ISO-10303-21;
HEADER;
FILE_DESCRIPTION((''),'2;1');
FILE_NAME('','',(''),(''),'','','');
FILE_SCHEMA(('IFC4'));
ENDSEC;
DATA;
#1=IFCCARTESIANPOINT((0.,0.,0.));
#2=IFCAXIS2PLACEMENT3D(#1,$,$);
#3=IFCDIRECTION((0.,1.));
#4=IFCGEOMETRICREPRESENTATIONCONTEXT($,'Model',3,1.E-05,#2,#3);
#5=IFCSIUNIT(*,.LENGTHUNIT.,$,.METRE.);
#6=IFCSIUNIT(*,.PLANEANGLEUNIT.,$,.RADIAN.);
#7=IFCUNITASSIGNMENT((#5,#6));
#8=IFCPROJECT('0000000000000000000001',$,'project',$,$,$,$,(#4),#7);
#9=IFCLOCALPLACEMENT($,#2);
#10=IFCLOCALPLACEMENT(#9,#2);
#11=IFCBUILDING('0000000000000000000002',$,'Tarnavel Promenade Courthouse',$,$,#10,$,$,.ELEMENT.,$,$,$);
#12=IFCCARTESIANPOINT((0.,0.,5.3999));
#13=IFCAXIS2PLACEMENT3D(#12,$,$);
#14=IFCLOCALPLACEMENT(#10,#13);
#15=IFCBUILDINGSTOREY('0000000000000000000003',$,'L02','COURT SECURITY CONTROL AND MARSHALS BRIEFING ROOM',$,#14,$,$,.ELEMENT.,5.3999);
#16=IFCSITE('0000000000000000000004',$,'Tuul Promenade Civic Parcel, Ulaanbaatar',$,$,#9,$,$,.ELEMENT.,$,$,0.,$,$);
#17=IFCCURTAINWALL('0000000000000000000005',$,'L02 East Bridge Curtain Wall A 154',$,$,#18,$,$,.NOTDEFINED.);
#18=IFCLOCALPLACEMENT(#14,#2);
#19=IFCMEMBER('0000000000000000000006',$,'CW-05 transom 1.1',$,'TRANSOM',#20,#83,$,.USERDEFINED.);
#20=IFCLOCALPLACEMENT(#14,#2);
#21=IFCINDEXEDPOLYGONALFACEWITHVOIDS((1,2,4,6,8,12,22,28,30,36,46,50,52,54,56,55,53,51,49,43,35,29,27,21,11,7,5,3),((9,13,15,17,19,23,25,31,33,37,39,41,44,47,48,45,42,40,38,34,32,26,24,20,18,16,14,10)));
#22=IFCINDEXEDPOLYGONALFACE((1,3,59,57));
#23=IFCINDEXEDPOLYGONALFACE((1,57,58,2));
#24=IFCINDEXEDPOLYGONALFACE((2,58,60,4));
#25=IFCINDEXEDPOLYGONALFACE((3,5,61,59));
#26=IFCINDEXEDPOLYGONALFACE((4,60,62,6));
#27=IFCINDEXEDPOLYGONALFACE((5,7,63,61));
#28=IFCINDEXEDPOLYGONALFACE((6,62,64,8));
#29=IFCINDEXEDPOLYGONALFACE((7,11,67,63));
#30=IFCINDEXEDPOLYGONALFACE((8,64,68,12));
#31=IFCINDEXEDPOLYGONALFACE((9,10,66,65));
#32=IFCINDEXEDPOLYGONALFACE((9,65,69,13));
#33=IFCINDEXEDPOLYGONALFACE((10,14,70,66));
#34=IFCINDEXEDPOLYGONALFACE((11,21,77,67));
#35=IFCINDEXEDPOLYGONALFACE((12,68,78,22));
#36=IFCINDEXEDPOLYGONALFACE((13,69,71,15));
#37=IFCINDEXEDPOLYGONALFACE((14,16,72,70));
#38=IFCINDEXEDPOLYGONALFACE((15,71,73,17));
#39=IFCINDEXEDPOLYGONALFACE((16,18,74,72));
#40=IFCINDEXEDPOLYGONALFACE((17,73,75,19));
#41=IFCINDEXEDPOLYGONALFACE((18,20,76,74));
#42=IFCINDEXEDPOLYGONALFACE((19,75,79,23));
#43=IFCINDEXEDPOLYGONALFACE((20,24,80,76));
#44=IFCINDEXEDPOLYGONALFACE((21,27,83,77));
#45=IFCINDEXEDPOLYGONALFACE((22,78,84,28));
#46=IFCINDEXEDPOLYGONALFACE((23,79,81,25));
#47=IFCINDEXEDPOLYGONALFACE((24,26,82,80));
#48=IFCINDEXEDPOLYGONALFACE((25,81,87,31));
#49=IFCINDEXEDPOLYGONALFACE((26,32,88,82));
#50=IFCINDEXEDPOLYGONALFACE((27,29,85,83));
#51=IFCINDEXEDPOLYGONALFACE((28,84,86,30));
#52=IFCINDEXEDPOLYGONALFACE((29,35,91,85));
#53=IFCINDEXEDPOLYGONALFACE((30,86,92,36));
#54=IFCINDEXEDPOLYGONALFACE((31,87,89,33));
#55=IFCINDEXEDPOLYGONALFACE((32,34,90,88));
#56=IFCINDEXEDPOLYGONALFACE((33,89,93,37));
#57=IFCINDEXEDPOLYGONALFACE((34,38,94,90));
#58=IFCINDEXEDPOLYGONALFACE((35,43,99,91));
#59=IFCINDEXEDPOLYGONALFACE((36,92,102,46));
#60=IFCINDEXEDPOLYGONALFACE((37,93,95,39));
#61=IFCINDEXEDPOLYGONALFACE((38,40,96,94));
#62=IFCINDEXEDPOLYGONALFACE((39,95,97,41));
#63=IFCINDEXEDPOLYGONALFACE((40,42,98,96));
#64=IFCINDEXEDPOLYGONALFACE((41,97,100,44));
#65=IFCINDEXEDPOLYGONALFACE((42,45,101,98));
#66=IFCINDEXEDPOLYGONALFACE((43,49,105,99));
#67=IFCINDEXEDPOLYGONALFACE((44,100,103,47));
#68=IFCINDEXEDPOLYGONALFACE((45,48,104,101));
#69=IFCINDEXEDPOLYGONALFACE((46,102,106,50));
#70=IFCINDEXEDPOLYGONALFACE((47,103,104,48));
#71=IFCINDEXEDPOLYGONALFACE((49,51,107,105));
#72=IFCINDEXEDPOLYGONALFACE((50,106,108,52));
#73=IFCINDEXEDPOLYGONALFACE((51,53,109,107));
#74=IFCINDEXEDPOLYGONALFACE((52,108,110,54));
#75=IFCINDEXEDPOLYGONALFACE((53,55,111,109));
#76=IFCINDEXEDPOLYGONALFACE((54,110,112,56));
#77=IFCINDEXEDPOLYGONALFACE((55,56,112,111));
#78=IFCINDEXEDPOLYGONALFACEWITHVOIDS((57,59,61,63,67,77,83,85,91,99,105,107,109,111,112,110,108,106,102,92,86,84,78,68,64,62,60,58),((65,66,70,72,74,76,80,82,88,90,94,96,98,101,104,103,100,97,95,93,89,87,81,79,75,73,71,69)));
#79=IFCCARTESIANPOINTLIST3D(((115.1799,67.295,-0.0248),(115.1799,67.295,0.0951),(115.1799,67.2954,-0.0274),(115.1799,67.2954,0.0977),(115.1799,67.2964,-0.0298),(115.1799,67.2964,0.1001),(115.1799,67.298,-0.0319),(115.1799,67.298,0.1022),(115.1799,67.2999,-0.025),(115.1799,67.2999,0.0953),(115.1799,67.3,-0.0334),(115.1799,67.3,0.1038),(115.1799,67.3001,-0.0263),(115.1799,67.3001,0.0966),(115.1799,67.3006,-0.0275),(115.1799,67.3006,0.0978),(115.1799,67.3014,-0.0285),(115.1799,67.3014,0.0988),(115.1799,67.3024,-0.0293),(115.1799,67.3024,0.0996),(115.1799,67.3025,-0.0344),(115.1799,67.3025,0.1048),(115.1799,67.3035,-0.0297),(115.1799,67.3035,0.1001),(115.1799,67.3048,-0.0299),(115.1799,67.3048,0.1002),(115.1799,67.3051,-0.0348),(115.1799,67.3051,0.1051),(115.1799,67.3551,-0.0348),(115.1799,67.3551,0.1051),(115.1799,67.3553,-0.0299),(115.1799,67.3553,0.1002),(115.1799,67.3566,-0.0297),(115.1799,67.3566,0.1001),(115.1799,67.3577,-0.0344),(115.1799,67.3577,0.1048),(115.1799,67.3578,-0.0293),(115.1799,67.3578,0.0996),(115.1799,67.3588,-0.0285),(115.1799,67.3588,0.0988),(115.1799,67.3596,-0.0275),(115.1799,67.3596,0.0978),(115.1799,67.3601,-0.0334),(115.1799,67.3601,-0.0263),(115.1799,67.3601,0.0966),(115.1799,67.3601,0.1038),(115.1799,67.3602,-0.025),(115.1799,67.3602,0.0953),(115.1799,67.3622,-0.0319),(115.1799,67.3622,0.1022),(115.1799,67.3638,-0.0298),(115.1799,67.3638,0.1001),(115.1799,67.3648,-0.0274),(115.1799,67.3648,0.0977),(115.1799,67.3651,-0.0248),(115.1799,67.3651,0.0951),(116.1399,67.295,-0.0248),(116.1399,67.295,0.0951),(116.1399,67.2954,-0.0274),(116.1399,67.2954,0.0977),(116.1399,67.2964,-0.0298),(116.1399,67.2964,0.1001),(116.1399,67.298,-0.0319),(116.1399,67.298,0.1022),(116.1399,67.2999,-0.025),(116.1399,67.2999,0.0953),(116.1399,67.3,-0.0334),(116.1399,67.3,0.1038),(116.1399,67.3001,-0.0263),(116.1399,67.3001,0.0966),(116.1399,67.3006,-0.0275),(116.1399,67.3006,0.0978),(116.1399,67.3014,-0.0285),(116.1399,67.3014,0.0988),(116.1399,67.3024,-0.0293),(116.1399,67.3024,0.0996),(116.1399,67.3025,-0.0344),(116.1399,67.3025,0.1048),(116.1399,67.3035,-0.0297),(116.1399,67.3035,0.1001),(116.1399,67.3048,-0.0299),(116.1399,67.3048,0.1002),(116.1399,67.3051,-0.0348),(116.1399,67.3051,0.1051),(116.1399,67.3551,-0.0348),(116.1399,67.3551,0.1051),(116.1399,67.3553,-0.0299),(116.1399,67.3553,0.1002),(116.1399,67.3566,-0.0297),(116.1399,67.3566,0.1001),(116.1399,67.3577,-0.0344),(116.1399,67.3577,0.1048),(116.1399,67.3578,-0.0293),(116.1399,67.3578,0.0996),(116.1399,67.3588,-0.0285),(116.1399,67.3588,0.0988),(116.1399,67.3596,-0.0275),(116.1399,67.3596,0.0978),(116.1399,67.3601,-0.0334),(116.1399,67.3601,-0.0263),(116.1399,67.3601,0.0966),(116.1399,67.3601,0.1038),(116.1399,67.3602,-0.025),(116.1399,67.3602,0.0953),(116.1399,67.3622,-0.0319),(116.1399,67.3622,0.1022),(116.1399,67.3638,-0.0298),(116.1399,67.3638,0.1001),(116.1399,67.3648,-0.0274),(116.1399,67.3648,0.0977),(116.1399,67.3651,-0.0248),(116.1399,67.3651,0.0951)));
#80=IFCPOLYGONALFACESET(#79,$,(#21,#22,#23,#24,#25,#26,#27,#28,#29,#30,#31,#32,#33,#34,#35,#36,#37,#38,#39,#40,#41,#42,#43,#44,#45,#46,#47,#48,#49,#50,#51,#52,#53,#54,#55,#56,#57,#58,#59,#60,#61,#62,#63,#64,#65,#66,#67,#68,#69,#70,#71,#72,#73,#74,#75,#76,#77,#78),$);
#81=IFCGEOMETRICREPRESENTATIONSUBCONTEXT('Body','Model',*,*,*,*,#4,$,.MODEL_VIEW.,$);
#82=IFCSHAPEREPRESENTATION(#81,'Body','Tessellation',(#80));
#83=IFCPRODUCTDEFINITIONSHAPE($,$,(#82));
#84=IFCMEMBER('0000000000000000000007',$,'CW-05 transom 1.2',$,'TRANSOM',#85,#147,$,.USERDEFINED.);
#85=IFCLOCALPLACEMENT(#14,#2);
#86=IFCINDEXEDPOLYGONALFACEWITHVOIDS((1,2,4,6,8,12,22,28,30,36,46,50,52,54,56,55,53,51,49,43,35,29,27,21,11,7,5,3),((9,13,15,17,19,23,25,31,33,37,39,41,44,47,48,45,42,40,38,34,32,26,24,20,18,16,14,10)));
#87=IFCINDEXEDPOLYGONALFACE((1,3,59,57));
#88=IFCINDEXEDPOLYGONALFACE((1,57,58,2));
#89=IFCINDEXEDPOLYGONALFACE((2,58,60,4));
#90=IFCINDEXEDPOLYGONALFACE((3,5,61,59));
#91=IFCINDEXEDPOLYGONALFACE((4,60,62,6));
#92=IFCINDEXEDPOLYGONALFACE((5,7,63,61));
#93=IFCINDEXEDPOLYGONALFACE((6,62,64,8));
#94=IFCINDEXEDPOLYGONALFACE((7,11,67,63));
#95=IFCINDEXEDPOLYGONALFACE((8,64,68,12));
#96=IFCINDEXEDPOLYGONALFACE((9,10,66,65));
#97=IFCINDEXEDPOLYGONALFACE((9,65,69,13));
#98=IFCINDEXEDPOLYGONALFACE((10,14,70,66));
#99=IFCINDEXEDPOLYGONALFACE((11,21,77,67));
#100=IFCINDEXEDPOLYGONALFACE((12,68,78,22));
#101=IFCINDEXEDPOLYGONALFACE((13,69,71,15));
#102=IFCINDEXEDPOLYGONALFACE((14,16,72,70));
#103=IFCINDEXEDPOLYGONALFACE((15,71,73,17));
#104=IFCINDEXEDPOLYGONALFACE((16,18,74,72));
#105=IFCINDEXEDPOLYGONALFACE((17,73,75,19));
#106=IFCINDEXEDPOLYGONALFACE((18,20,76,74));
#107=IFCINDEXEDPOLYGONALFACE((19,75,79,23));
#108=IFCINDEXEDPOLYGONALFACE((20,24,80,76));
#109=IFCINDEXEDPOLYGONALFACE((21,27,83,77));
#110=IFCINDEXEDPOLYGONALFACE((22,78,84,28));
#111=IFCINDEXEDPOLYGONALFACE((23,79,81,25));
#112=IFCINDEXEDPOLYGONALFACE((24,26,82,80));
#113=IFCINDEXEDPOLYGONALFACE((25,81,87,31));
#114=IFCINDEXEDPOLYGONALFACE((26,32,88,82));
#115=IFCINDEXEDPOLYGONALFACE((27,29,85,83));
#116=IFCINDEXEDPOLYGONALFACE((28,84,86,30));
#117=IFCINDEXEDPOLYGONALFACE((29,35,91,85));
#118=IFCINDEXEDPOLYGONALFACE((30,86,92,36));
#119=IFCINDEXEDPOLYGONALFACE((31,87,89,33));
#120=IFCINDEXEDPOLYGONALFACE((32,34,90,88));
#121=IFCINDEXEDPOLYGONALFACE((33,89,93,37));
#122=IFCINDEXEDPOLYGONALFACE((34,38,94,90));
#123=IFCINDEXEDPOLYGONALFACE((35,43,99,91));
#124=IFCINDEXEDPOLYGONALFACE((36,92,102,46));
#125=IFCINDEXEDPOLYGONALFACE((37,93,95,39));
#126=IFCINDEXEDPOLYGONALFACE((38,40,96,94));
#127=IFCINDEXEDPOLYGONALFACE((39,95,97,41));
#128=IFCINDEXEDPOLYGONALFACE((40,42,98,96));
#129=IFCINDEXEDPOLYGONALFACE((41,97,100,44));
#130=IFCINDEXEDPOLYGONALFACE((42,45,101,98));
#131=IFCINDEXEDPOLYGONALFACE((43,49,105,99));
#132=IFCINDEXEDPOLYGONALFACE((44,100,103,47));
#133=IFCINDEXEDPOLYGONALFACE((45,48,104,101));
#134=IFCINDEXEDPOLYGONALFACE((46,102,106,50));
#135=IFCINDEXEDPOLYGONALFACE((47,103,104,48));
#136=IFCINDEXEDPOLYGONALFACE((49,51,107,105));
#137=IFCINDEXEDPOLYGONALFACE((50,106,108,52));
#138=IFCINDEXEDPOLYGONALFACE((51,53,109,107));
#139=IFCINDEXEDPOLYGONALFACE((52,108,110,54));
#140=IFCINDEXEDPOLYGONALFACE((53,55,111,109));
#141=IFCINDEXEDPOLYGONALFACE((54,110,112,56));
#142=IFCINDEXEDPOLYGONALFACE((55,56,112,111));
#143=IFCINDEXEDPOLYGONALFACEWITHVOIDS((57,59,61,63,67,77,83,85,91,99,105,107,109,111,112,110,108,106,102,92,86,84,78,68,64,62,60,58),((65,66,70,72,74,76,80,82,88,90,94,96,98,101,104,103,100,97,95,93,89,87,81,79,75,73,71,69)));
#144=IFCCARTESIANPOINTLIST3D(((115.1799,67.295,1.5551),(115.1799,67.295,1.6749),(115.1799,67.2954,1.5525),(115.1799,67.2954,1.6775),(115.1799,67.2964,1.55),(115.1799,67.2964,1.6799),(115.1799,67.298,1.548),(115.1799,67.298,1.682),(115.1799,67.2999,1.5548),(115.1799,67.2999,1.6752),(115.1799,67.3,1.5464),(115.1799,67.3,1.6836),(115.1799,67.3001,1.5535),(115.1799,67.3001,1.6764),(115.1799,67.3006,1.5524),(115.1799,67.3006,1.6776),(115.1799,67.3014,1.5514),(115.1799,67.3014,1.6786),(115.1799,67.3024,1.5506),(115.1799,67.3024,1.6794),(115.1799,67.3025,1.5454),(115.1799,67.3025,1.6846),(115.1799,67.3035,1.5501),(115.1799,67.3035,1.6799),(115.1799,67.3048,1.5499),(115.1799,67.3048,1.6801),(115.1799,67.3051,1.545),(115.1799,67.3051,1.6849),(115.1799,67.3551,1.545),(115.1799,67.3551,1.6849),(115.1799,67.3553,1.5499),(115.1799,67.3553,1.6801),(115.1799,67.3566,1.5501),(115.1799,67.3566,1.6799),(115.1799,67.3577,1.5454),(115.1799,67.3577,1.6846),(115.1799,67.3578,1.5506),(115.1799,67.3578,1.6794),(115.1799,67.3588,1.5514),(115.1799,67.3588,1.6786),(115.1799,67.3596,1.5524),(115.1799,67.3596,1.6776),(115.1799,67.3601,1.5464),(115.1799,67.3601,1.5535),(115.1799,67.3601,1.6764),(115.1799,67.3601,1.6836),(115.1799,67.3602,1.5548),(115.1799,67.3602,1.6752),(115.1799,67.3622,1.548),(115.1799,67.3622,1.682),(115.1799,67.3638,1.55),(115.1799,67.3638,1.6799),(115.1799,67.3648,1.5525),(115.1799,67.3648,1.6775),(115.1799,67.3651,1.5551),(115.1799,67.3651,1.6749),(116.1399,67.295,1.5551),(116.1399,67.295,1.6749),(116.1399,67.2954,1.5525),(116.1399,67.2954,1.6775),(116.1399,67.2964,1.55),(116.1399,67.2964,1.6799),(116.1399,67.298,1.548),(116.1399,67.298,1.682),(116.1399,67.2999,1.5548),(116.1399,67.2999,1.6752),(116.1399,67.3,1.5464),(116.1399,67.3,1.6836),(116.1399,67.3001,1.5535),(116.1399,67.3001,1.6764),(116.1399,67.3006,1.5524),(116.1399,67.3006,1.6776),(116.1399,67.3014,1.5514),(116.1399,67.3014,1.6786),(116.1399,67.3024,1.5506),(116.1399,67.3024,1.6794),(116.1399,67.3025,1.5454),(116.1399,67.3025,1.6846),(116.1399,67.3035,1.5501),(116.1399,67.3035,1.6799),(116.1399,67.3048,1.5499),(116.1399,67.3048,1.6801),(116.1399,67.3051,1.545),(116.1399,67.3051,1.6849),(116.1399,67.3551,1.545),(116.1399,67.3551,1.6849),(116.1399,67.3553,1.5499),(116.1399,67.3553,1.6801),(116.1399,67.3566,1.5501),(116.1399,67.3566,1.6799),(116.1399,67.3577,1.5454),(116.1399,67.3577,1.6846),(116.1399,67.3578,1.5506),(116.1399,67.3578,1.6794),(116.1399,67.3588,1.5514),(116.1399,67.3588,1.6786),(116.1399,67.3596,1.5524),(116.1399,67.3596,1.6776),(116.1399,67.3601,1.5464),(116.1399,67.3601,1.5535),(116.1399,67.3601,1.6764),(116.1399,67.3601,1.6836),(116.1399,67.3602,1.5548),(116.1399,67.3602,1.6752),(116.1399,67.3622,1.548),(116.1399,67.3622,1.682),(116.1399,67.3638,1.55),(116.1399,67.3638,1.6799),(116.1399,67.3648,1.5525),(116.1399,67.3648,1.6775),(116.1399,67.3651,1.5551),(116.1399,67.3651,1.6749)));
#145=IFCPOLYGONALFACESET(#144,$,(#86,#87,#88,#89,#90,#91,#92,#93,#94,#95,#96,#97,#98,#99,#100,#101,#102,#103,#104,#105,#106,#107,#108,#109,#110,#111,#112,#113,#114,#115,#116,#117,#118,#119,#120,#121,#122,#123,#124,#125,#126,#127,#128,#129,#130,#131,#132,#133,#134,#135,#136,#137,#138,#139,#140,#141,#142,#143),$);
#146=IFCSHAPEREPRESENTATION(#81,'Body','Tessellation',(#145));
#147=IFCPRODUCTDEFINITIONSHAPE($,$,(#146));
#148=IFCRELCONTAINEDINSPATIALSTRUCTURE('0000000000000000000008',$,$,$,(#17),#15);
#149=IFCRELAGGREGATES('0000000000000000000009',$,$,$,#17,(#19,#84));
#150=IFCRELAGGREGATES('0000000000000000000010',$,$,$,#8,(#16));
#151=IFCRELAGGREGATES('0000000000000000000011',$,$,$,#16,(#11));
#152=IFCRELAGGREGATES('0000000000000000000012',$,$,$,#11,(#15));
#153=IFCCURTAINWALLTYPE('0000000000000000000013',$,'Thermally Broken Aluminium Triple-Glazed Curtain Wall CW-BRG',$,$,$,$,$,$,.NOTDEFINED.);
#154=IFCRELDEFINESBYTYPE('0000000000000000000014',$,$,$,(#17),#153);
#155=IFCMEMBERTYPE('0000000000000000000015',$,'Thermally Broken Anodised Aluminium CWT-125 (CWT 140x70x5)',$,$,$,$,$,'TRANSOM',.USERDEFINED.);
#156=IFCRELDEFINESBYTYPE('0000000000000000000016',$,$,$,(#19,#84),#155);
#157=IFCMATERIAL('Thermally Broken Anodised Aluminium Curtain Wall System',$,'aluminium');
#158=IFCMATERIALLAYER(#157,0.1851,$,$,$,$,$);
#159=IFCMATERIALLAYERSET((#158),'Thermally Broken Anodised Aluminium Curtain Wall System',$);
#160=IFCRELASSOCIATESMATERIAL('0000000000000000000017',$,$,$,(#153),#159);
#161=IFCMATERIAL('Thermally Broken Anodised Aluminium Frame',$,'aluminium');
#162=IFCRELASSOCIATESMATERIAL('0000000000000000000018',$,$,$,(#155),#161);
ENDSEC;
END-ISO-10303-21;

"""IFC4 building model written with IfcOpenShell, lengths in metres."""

from ifc_helpers import new_model, si_unit, direction, frame, origin, origin_2d, place, context, subcontext, project, spatial, hollow_rectangle, extrude, material, layer, layer_set, material_profile, profile_set, type_object, element, aggregate, save


model = new_model("IFC4")

# Units and contexts
model_context = context("Model", 3, precision=1e-05, world=origin(), true_north=direction((0.0, 1.0)))
body_context = subcontext(model_context, "Body", "Model", "MODEL_VIEW")
ifc_project = project(units=[si_unit("LENGTHUNIT", "METRE"), si_unit("PLANEANGLEUNIT", "RADIAN")], contexts=[model_context])

# Site, building, storey
site_placement = place(None, origin())
site = spatial("IfcSite", under=ifc_project, at=site_placement, Name="Tuul Promenade Civic Parcel, Ulaanbaatar", CompositionType="ELEMENT", RefElevation=0.0)
building_placement = place(site_placement, origin())
building = spatial("IfcBuilding", under=site, at=building_placement, Name="Tarnavel Promenade Courthouse", CompositionType="ELEMENT")
storey_placement = place(building_placement, frame((0.0, 0.0, 5.3999)))
storey = spatial("IfcBuildingStorey", under=building, at=storey_placement, Name="L02", Description="COURT SECURITY CONTROL AND MARSHALS BRIEFING ROOM", CompositionType="ELEMENT", Elevation=5.3999)

# Curtain wall
ifc_material_1 = material(Name="Thermally Broken Anodised Aluminium Curtain Wall System", Category="aluminium")
ifc_layer_1 = layer(ifc_material_1, 0.1851)
ifc_layer_set_1 = layer_set([ifc_layer_1], Name="Thermally Broken Anodised Aluminium Curtain Wall System")
curtain_wall_type = type_object("IfcCurtainWallType", Name="Thermally Broken Aluminium Triple-Glazed Curtain Wall CW-BRG", PredefinedType="NOTDEFINED", material=ifc_layer_set_1)
curtain_wall_1_placement = place(storey_placement, origin())
curtain_wall_1 = element("IfcCurtainWall", 1, at=curtain_wall_1_placement, inside=storey, type_object=curtain_wall_type, Name="L02 East Bridge Curtain Wall A 154", PredefinedType="NOTDEFINED")
ifc_material_2 = material(Name="Thermally Broken Anodised Aluminium Frame", Category="aluminium")

# Members
ifc_material_profile_1 = material_profile(ifc_material_2, hollow_rectangle(XDim=0.0701, YDim=0.1399, WallThickness=0.0049, InnerFilletRadius=0.0049, OuterFilletRadius=0.01, at=origin_2d()), Name="CWT 140x70x5")
ifc_profile_set_1 = profile_set([ifc_material_profile_1], Name="Thermally Broken Anodised Aluminium Frame")
member_type_1 = type_object("IfcMemberType", Name="Thermally Broken Anodised Aluminium CWT-125 (CWT 140x70x5)", ElementType="TRANSOM", PredefinedType="USERDEFINED", material=ifc_profile_set_1)
member_1_placement = place(storey_placement, frame((115.1799, 67.3301, 0.0352), z_axis=(1.0, 0.0, 0.0), x_axis=(0.0, 1.0, 0.0)))
member_1 = element("IfcMember", 2, at=member_1_placement, type_object=member_type_1, Name="CW-05 transom 1.1", ObjectType="TRANSOM", PredefinedType="USERDEFINED", context=body_context, shape_type="SweptSolid", body=[
    extrude(hollow_rectangle(XDim=0.0701, YDim=0.1399, WallThickness=0.0049, InnerFilletRadius=0.0049, OuterFilletRadius=0.01, at=origin_2d()), origin(), (0.0, 0.0, 1.0), 0.96),
])
member_2_placement = place(storey_placement, frame((115.1799, 67.3301, 1.615), z_axis=(1.0, 0.0, 0.0), x_axis=(0.0, 1.0, 0.0)))
member_2 = element("IfcMember", 3, at=member_2_placement, type_object=member_type_1, Name="CW-05 transom 1.2", ObjectType="TRANSOM", PredefinedType="USERDEFINED", context=body_context, shape_type="SweptSolid", body=[
    extrude(hollow_rectangle(XDim=0.0701, YDim=0.1399, WallThickness=0.0049, InnerFilletRadius=0.0049, OuterFilletRadius=0.01, at=origin_2d()), origin(), (0.0, 0.0, 1.0), 0.96),
])

aggregate(curtain_wall_1, [member_1, member_2])

save(model, "model.ifc")
